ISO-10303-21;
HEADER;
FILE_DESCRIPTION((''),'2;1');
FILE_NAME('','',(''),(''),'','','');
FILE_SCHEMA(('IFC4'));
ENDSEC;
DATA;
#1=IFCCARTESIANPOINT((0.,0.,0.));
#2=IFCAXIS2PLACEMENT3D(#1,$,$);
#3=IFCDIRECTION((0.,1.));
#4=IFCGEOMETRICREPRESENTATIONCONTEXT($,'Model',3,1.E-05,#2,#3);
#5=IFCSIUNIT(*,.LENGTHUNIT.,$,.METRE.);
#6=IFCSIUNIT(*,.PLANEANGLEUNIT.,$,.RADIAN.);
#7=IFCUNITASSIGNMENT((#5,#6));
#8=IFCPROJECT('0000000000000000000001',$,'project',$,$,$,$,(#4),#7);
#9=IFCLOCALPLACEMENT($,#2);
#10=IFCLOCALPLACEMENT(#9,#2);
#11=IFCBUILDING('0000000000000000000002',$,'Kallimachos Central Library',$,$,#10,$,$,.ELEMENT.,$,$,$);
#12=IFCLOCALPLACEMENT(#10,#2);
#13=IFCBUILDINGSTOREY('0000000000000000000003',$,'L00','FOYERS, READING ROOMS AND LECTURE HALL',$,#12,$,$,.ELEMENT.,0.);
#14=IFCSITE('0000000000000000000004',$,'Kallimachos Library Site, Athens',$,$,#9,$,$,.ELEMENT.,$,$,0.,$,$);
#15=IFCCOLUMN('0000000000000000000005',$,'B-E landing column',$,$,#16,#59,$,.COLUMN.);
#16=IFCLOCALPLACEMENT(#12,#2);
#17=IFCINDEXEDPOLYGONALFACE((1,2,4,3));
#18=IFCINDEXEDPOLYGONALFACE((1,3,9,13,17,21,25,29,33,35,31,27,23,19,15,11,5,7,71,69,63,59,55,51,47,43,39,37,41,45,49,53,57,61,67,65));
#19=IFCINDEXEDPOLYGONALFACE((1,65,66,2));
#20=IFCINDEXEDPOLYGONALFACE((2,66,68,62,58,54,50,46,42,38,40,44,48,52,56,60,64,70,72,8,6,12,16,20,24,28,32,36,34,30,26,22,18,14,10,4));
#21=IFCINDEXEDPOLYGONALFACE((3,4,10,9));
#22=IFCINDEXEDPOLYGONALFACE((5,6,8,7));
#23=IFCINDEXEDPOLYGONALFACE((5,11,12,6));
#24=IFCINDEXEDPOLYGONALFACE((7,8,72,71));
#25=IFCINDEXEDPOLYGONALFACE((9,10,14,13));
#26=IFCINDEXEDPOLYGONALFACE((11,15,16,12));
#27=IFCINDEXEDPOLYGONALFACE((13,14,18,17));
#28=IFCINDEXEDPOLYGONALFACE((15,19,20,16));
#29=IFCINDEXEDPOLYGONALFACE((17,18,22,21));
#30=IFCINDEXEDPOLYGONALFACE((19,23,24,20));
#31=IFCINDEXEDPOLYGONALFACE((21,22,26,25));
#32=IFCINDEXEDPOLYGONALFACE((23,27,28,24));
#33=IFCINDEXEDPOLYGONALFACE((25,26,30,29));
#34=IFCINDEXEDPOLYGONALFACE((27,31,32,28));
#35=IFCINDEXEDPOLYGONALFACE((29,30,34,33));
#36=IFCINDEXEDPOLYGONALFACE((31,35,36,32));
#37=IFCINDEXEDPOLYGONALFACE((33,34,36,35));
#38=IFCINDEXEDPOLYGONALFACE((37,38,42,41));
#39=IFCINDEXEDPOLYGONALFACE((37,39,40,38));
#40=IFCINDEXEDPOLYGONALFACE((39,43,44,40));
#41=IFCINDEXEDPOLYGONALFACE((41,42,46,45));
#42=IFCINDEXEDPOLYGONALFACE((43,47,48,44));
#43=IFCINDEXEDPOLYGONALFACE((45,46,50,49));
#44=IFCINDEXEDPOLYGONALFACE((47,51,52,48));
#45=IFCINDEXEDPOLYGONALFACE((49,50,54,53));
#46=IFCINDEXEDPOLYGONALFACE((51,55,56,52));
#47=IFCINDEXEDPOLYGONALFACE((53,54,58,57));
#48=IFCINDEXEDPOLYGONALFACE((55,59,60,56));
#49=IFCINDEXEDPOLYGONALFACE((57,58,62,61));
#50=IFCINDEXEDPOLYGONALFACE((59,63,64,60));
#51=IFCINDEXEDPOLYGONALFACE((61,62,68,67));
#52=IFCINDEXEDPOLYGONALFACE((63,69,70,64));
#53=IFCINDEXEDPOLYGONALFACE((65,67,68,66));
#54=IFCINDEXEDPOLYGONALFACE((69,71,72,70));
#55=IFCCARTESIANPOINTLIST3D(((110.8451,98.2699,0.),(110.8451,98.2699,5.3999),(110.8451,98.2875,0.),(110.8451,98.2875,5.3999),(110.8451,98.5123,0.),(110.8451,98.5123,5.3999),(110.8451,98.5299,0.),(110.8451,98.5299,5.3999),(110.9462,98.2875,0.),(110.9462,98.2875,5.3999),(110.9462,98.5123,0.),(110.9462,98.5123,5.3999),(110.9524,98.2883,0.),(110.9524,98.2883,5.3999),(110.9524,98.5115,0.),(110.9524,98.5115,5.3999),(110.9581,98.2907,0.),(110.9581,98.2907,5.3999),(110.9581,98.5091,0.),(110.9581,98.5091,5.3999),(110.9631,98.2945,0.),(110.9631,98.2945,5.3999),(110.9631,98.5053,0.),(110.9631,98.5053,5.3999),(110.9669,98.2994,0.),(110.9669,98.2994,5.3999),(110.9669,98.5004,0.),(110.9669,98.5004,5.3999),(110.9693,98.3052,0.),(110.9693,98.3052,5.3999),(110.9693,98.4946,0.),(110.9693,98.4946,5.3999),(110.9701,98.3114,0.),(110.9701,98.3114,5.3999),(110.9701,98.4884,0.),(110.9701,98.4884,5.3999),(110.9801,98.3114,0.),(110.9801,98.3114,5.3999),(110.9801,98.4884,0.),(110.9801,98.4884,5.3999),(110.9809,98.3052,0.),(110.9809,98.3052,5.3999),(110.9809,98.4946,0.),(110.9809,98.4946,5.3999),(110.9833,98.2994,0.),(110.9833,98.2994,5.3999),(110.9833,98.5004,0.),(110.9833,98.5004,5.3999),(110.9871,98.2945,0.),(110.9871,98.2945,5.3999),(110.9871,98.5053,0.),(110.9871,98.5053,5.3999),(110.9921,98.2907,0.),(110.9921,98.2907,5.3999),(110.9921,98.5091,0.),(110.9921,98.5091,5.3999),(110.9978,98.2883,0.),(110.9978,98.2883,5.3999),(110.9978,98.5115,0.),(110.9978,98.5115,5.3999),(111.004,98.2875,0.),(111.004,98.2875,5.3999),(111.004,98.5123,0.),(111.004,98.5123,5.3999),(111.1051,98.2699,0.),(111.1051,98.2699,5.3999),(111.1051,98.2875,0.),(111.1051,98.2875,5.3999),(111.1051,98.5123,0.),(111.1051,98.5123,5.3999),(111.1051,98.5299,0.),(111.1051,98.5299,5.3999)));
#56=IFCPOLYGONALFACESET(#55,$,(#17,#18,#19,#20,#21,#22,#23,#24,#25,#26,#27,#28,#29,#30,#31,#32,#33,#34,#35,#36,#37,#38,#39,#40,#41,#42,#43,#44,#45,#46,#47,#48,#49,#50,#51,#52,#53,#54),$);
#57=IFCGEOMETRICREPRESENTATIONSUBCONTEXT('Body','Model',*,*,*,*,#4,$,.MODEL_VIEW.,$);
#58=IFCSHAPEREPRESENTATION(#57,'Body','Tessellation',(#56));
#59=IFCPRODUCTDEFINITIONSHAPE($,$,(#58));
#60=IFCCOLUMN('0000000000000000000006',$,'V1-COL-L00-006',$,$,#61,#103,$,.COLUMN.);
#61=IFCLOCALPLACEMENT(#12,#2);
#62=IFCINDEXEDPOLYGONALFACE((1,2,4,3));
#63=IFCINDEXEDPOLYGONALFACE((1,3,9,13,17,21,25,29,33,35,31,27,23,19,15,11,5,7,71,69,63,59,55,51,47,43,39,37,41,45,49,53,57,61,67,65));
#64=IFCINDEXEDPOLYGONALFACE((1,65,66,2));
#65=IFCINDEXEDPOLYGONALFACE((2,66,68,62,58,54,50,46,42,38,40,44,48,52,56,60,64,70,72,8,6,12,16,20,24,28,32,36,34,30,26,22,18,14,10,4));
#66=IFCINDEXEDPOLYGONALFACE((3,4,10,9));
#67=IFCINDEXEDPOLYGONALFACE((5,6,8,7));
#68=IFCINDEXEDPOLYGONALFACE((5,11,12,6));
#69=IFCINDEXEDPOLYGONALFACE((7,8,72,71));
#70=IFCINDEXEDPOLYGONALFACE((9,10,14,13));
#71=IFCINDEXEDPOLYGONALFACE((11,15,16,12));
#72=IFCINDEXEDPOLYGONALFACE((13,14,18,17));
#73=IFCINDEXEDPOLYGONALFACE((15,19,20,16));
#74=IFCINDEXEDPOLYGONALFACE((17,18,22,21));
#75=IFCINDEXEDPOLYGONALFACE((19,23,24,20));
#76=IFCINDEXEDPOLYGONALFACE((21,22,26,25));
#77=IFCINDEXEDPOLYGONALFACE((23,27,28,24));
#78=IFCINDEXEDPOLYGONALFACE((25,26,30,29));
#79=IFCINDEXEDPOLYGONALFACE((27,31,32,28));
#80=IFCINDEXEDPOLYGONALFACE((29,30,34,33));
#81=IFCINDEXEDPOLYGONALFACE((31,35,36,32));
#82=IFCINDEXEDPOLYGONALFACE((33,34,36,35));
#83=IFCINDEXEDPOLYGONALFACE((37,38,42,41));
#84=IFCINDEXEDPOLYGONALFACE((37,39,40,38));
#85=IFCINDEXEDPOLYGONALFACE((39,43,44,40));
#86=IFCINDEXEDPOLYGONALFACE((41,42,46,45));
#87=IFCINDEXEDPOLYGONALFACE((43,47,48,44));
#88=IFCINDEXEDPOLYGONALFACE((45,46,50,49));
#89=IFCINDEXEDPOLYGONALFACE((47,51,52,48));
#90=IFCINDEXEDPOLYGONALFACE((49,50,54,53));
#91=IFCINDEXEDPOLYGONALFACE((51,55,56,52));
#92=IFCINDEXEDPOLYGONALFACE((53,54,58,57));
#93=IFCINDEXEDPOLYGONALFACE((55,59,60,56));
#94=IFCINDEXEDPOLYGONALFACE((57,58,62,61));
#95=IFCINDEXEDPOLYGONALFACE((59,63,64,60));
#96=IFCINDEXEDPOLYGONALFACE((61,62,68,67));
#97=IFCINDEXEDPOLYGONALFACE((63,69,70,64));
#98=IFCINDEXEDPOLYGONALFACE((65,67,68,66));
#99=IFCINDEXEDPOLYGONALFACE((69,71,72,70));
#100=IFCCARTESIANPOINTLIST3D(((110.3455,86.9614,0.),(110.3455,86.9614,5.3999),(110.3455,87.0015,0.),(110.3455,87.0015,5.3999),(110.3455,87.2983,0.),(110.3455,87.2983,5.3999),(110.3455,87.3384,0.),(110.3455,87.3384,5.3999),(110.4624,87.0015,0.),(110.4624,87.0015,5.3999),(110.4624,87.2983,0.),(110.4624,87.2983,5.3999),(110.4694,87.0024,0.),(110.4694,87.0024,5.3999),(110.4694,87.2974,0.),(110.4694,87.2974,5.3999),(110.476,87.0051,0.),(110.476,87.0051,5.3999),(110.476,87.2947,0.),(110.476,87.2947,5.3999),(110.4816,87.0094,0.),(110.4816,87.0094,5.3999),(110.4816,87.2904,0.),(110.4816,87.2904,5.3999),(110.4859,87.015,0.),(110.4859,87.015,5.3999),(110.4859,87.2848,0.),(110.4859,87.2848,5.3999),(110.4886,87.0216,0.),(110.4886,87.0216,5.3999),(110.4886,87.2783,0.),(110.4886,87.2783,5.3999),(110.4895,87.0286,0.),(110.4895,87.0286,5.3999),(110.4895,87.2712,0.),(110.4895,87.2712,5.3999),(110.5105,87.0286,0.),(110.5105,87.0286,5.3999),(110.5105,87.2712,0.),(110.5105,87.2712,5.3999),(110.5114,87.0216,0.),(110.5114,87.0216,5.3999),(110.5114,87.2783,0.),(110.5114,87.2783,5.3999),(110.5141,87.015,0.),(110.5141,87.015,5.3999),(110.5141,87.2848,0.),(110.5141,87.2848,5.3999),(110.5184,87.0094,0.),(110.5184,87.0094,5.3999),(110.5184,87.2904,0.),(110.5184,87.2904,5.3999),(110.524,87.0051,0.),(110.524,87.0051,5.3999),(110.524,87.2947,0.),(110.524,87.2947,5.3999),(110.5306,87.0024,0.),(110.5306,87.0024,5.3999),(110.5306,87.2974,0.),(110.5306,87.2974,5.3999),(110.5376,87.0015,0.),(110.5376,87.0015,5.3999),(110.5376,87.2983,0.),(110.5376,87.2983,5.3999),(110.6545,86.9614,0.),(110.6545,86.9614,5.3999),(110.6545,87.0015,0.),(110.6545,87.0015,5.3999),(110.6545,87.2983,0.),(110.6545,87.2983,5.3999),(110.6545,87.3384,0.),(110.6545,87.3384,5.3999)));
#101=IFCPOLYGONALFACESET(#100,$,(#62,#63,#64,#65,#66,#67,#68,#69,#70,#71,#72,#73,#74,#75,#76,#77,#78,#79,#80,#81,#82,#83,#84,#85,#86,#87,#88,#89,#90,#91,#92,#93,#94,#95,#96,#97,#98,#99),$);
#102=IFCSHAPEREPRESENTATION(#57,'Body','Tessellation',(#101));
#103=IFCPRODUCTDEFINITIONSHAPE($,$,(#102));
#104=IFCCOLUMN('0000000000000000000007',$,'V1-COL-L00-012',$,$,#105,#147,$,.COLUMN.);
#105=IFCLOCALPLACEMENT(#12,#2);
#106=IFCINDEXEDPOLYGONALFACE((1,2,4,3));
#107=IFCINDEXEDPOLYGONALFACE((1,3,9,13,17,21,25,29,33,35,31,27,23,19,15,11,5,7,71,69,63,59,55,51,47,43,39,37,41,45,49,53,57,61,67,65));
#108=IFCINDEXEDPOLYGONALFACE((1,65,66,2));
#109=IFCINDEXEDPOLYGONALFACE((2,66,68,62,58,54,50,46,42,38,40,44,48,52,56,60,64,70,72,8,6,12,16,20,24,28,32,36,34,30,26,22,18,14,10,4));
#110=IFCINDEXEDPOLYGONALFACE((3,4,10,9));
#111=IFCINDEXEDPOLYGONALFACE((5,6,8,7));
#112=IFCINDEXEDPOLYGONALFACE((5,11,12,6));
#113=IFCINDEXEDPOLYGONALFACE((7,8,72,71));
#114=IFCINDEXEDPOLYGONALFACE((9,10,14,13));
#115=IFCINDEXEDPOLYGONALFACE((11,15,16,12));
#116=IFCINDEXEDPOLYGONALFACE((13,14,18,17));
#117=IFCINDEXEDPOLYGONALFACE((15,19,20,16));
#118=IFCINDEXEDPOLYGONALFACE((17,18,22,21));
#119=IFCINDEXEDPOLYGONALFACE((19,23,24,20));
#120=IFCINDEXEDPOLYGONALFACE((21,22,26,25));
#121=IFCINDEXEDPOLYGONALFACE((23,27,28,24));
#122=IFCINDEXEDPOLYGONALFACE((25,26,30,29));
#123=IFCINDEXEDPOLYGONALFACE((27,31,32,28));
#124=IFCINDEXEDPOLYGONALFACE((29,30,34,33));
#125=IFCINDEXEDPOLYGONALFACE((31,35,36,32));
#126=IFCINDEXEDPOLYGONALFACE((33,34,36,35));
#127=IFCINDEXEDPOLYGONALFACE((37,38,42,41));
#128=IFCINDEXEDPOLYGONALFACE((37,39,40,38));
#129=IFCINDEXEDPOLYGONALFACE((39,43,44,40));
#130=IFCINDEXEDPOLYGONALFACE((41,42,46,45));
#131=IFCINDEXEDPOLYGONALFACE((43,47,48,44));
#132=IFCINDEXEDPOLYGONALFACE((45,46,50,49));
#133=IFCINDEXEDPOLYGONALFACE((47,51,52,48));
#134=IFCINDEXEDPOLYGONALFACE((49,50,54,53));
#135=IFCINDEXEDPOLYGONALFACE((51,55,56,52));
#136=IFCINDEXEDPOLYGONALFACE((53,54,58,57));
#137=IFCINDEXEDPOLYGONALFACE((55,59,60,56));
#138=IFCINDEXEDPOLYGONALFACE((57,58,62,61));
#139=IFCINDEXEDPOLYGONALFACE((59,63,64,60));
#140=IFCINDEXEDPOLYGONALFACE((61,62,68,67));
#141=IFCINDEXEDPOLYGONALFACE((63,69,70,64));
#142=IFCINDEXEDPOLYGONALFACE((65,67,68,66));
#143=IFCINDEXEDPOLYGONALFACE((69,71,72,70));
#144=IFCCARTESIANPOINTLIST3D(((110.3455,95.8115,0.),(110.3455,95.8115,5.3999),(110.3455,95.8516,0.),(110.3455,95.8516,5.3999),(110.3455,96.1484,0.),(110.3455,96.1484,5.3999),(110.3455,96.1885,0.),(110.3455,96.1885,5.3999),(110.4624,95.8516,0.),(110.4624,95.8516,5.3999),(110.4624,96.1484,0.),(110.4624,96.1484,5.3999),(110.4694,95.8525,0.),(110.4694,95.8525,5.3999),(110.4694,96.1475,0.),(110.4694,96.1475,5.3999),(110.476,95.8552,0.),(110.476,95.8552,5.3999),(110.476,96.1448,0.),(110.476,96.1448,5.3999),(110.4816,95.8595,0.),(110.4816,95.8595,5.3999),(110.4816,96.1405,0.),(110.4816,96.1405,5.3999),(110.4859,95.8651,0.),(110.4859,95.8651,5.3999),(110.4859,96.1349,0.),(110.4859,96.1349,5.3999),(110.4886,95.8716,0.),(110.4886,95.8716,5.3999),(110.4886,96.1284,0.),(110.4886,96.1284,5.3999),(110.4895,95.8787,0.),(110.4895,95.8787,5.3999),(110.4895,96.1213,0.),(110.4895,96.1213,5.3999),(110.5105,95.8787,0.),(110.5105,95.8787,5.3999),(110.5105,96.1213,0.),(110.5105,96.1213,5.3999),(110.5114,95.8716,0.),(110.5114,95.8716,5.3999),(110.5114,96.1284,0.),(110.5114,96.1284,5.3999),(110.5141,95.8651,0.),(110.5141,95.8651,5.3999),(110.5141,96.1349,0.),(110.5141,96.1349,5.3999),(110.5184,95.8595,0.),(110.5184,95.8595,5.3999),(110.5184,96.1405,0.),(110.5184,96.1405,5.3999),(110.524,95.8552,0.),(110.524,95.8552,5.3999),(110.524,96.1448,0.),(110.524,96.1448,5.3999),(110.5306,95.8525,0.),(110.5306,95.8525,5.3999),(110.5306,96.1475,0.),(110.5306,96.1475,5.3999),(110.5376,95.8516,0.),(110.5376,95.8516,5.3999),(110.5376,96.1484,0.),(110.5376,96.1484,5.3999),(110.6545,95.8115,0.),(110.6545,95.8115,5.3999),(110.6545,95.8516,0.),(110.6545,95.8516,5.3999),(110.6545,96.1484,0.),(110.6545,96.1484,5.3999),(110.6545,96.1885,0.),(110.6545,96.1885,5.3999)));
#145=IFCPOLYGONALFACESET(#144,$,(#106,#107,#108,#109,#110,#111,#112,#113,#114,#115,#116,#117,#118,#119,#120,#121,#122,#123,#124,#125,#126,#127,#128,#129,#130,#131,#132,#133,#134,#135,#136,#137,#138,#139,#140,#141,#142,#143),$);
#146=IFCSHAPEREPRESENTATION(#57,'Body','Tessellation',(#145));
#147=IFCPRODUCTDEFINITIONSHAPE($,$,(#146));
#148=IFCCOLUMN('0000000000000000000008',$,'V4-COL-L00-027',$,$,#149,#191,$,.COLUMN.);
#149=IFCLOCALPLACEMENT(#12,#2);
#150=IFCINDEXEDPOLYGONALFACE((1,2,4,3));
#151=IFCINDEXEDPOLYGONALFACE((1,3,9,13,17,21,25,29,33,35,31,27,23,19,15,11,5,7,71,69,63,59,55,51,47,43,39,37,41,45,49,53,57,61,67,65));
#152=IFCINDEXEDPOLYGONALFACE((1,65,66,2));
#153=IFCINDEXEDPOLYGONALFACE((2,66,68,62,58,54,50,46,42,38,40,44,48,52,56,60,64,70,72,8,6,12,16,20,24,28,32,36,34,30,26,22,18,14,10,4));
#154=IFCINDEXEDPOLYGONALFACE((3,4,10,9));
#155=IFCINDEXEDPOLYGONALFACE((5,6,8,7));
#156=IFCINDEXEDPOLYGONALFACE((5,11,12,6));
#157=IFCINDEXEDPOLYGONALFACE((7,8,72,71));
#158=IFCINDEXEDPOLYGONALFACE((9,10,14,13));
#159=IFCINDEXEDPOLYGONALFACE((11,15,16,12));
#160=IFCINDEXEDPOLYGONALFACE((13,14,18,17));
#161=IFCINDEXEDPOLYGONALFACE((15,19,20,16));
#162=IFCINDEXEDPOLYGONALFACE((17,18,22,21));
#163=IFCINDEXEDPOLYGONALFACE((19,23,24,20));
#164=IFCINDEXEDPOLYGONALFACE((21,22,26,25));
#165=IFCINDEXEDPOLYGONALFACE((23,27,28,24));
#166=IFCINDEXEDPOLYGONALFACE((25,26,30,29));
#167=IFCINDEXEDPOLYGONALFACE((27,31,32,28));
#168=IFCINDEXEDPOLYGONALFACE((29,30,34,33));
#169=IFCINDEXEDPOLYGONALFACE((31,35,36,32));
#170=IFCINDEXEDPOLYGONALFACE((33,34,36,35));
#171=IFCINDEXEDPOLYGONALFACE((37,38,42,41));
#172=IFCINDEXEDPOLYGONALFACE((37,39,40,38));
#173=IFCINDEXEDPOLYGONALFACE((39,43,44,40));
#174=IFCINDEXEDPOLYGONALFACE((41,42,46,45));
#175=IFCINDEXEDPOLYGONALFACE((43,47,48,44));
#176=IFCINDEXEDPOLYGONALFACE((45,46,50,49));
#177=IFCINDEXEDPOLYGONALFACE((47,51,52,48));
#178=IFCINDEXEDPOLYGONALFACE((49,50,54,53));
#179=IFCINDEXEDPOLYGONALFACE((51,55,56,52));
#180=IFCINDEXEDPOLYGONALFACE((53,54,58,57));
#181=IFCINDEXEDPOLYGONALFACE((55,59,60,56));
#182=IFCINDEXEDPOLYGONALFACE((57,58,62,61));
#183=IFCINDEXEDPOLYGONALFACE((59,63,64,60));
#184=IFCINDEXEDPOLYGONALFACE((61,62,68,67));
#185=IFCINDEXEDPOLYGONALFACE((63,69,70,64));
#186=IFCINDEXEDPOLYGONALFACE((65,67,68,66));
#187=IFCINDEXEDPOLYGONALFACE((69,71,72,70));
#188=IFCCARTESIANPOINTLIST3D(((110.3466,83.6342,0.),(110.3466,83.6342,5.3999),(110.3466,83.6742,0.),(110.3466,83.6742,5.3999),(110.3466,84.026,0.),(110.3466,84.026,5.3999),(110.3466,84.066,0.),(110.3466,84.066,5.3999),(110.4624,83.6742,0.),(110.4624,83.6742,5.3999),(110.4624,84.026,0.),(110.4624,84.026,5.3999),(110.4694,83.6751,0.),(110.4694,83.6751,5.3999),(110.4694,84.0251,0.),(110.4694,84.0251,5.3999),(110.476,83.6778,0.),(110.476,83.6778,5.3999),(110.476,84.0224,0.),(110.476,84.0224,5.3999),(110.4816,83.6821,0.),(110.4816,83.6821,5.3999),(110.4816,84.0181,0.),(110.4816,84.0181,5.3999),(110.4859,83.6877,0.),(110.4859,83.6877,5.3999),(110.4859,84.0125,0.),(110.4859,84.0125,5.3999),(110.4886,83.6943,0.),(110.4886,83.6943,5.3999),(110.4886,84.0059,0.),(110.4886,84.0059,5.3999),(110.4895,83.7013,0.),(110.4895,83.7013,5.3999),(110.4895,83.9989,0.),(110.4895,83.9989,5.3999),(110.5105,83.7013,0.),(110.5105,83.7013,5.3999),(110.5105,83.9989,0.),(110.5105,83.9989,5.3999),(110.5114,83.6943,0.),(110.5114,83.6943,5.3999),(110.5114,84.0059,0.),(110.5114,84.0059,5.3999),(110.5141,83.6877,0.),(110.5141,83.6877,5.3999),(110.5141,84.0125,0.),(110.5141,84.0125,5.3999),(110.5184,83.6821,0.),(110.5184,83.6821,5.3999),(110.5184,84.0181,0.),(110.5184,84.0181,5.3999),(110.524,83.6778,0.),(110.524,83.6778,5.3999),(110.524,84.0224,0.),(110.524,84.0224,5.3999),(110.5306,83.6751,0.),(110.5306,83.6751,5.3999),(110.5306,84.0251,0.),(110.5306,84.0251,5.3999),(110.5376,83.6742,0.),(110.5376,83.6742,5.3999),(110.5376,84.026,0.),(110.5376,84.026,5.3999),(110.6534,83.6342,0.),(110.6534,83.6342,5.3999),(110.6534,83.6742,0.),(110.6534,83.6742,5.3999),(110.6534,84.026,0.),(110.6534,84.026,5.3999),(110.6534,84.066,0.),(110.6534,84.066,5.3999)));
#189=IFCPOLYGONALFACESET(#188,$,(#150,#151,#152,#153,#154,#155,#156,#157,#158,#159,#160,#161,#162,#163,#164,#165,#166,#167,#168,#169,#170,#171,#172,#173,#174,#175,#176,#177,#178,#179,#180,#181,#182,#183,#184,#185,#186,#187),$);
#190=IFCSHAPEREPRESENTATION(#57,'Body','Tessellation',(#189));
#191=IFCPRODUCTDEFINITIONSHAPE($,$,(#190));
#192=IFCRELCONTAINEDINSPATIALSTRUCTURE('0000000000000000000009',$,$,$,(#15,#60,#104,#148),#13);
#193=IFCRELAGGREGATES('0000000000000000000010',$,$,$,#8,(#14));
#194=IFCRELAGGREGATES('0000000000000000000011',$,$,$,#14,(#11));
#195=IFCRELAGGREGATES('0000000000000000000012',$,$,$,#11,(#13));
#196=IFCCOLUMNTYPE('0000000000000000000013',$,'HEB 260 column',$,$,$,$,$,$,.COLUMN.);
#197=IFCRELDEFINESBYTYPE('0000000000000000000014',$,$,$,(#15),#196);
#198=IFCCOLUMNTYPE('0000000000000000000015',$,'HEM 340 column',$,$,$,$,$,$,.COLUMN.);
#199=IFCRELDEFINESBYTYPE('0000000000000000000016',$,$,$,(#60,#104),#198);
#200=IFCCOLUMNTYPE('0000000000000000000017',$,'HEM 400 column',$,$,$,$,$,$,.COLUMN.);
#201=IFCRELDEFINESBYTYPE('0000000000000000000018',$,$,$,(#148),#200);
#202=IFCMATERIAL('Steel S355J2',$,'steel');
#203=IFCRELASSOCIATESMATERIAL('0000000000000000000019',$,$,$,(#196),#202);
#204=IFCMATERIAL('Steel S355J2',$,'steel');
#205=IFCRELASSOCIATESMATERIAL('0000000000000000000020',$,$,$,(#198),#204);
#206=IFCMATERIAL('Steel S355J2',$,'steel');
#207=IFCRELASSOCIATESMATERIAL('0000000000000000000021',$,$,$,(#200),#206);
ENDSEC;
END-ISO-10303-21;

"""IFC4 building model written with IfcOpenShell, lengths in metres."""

from ifc_helpers import new_model, si_unit, direction, frame, origin, origin_2d, place, context, subcontext, project, spatial, i_section, extrude, material, material_profile, profile_set, type_object, element, save


model = new_model("IFC4")

# Units and contexts
model_context = context("Model", 3, precision=1e-05, world=origin(), true_north=direction((0.0, 1.0)))
body_context = subcontext(model_context, "Body", "Model", "MODEL_VIEW")
ifc_project = project(units=[si_unit("LENGTHUNIT", "METRE"), si_unit("PLANEANGLEUNIT", "RADIAN")], contexts=[model_context])

# Site, building, storey
site_placement = place(None, origin())
site = spatial("IfcSite", under=ifc_project, at=site_placement, Name="Kallimachos Library Site, Athens", CompositionType="ELEMENT", RefElevation=0.0)
building_placement = place(site_placement, origin())
building = spatial("IfcBuilding", under=site, at=building_placement, Name="Kallimachos Central Library", CompositionType="ELEMENT")
storey_placement = place(building_placement, origin())
storey = spatial("IfcBuildingStorey", under=building, at=storey_placement, Name="L00", Description="FOYERS, READING ROOMS AND LECTURE HALL", CompositionType="ELEMENT", Elevation=0.0)

# Columns
ifc_material_1 = material(Name="Steel S355J2", Category="steel")
ifc_material_profile_1 = material_profile(ifc_material_1, i_section(OverallWidth=0.26, OverallDepth=0.26, WebThickness=0.01, FlangeThickness=0.0176, FilletRadius=0.0239, at=origin_2d()), Name="HEB 260")
ifc_profile_set_1 = profile_set([ifc_material_profile_1], Name="Steel S355J2")
column_type_1 = type_object("IfcColumnType", Name="HEB 260 column", PredefinedType="COLUMN", material=ifc_profile_set_1)
column_1_placement = place(storey_placement, frame((110.9751, 98.3999, 0.0), z_axis=(0.0, 0.0, 1.0), x_axis=(1.0, 0.0, 0.0)))
element("IfcColumn", 1, at=column_1_placement, inside=storey, type_object=column_type_1, Name="B-E landing column", PredefinedType="COLUMN", context=body_context, shape_type="SweptSolid", body=[
    extrude(i_section(OverallWidth=0.26, OverallDepth=0.26, WebThickness=0.01, FlangeThickness=0.0176, FilletRadius=0.0239, at=origin_2d()), origin(), (0.0, 0.0, 1.0), 5.3999),
])
ifc_material_2 = material(Name="Steel S355J2", Category="steel")
ifc_material_profile_2 = material_profile(ifc_material_2, i_section(OverallWidth=0.3091, OverallDepth=0.377, WebThickness=0.021, FlangeThickness=0.04, FilletRadius=0.0271, at=origin_2d()), Name="HEM 340")
ifc_profile_set_2 = profile_set([ifc_material_profile_2], Name="Steel S355J2")
column_type_2 = type_object("IfcColumnType", Name="HEM 340 column", PredefinedType="COLUMN", material=ifc_profile_set_2)
for number, where, z_axis, x_axis, name in (
    (2, (110.5, 87.1499, 0.0), (0.0, 0.0, 1.0), (1.0, 0.0, 0.0), "V1-COL-L00-006"),
    (3, (110.5, 96.0, 0.0), (0.0, 0.0, 1.0), (1.0, 0.0, 0.0), "V1-COL-L00-012"),
):
    element("IfcColumn", number, at=place(storey_placement, frame(where, z_axis=z_axis, x_axis=x_axis)), inside=storey, type_object=column_type_2, Name=name, PredefinedType="COLUMN", context=body_context, shape_type="SweptSolid", body=[
        extrude(i_section(OverallWidth=0.3091, OverallDepth=0.377, WebThickness=0.021, FlangeThickness=0.04, FilletRadius=0.0271, at=origin_2d()), origin(), (0.0, 0.0, 1.0), 5.3999),
    ])
ifc_material_3 = material(Name="Steel S355J2", Category="steel")
ifc_material_profile_3 = material_profile(ifc_material_3, i_section(OverallWidth=0.3069, OverallDepth=0.4319, WebThickness=0.021, FlangeThickness=0.04, FilletRadius=0.0271, at=origin_2d()), Name="HEM 400")
ifc_profile_set_3 = profile_set([ifc_material_profile_3], Name="Steel S355J2")
column_type_3 = type_object("IfcColumnType", Name="HEM 400 column", PredefinedType="COLUMN", material=ifc_profile_set_3)
column_2_placement = place(storey_placement, frame((110.5, 83.8501, 0.0), z_axis=(0.0, 0.0, 1.0), x_axis=(1.0, 0.0, 0.0)))
element("IfcColumn", 4, at=column_2_placement, inside=storey, type_object=column_type_3, Name="V4-COL-L00-027", PredefinedType="COLUMN", context=body_context, shape_type="SweptSolid", body=[
    extrude(i_section(OverallWidth=0.3069, OverallDepth=0.4319, WebThickness=0.021, FlangeThickness=0.04, FilletRadius=0.0271, at=origin_2d()), origin(), (0.0, 0.0, 1.0), 5.3999),
])

save(model, "model.ifc")
